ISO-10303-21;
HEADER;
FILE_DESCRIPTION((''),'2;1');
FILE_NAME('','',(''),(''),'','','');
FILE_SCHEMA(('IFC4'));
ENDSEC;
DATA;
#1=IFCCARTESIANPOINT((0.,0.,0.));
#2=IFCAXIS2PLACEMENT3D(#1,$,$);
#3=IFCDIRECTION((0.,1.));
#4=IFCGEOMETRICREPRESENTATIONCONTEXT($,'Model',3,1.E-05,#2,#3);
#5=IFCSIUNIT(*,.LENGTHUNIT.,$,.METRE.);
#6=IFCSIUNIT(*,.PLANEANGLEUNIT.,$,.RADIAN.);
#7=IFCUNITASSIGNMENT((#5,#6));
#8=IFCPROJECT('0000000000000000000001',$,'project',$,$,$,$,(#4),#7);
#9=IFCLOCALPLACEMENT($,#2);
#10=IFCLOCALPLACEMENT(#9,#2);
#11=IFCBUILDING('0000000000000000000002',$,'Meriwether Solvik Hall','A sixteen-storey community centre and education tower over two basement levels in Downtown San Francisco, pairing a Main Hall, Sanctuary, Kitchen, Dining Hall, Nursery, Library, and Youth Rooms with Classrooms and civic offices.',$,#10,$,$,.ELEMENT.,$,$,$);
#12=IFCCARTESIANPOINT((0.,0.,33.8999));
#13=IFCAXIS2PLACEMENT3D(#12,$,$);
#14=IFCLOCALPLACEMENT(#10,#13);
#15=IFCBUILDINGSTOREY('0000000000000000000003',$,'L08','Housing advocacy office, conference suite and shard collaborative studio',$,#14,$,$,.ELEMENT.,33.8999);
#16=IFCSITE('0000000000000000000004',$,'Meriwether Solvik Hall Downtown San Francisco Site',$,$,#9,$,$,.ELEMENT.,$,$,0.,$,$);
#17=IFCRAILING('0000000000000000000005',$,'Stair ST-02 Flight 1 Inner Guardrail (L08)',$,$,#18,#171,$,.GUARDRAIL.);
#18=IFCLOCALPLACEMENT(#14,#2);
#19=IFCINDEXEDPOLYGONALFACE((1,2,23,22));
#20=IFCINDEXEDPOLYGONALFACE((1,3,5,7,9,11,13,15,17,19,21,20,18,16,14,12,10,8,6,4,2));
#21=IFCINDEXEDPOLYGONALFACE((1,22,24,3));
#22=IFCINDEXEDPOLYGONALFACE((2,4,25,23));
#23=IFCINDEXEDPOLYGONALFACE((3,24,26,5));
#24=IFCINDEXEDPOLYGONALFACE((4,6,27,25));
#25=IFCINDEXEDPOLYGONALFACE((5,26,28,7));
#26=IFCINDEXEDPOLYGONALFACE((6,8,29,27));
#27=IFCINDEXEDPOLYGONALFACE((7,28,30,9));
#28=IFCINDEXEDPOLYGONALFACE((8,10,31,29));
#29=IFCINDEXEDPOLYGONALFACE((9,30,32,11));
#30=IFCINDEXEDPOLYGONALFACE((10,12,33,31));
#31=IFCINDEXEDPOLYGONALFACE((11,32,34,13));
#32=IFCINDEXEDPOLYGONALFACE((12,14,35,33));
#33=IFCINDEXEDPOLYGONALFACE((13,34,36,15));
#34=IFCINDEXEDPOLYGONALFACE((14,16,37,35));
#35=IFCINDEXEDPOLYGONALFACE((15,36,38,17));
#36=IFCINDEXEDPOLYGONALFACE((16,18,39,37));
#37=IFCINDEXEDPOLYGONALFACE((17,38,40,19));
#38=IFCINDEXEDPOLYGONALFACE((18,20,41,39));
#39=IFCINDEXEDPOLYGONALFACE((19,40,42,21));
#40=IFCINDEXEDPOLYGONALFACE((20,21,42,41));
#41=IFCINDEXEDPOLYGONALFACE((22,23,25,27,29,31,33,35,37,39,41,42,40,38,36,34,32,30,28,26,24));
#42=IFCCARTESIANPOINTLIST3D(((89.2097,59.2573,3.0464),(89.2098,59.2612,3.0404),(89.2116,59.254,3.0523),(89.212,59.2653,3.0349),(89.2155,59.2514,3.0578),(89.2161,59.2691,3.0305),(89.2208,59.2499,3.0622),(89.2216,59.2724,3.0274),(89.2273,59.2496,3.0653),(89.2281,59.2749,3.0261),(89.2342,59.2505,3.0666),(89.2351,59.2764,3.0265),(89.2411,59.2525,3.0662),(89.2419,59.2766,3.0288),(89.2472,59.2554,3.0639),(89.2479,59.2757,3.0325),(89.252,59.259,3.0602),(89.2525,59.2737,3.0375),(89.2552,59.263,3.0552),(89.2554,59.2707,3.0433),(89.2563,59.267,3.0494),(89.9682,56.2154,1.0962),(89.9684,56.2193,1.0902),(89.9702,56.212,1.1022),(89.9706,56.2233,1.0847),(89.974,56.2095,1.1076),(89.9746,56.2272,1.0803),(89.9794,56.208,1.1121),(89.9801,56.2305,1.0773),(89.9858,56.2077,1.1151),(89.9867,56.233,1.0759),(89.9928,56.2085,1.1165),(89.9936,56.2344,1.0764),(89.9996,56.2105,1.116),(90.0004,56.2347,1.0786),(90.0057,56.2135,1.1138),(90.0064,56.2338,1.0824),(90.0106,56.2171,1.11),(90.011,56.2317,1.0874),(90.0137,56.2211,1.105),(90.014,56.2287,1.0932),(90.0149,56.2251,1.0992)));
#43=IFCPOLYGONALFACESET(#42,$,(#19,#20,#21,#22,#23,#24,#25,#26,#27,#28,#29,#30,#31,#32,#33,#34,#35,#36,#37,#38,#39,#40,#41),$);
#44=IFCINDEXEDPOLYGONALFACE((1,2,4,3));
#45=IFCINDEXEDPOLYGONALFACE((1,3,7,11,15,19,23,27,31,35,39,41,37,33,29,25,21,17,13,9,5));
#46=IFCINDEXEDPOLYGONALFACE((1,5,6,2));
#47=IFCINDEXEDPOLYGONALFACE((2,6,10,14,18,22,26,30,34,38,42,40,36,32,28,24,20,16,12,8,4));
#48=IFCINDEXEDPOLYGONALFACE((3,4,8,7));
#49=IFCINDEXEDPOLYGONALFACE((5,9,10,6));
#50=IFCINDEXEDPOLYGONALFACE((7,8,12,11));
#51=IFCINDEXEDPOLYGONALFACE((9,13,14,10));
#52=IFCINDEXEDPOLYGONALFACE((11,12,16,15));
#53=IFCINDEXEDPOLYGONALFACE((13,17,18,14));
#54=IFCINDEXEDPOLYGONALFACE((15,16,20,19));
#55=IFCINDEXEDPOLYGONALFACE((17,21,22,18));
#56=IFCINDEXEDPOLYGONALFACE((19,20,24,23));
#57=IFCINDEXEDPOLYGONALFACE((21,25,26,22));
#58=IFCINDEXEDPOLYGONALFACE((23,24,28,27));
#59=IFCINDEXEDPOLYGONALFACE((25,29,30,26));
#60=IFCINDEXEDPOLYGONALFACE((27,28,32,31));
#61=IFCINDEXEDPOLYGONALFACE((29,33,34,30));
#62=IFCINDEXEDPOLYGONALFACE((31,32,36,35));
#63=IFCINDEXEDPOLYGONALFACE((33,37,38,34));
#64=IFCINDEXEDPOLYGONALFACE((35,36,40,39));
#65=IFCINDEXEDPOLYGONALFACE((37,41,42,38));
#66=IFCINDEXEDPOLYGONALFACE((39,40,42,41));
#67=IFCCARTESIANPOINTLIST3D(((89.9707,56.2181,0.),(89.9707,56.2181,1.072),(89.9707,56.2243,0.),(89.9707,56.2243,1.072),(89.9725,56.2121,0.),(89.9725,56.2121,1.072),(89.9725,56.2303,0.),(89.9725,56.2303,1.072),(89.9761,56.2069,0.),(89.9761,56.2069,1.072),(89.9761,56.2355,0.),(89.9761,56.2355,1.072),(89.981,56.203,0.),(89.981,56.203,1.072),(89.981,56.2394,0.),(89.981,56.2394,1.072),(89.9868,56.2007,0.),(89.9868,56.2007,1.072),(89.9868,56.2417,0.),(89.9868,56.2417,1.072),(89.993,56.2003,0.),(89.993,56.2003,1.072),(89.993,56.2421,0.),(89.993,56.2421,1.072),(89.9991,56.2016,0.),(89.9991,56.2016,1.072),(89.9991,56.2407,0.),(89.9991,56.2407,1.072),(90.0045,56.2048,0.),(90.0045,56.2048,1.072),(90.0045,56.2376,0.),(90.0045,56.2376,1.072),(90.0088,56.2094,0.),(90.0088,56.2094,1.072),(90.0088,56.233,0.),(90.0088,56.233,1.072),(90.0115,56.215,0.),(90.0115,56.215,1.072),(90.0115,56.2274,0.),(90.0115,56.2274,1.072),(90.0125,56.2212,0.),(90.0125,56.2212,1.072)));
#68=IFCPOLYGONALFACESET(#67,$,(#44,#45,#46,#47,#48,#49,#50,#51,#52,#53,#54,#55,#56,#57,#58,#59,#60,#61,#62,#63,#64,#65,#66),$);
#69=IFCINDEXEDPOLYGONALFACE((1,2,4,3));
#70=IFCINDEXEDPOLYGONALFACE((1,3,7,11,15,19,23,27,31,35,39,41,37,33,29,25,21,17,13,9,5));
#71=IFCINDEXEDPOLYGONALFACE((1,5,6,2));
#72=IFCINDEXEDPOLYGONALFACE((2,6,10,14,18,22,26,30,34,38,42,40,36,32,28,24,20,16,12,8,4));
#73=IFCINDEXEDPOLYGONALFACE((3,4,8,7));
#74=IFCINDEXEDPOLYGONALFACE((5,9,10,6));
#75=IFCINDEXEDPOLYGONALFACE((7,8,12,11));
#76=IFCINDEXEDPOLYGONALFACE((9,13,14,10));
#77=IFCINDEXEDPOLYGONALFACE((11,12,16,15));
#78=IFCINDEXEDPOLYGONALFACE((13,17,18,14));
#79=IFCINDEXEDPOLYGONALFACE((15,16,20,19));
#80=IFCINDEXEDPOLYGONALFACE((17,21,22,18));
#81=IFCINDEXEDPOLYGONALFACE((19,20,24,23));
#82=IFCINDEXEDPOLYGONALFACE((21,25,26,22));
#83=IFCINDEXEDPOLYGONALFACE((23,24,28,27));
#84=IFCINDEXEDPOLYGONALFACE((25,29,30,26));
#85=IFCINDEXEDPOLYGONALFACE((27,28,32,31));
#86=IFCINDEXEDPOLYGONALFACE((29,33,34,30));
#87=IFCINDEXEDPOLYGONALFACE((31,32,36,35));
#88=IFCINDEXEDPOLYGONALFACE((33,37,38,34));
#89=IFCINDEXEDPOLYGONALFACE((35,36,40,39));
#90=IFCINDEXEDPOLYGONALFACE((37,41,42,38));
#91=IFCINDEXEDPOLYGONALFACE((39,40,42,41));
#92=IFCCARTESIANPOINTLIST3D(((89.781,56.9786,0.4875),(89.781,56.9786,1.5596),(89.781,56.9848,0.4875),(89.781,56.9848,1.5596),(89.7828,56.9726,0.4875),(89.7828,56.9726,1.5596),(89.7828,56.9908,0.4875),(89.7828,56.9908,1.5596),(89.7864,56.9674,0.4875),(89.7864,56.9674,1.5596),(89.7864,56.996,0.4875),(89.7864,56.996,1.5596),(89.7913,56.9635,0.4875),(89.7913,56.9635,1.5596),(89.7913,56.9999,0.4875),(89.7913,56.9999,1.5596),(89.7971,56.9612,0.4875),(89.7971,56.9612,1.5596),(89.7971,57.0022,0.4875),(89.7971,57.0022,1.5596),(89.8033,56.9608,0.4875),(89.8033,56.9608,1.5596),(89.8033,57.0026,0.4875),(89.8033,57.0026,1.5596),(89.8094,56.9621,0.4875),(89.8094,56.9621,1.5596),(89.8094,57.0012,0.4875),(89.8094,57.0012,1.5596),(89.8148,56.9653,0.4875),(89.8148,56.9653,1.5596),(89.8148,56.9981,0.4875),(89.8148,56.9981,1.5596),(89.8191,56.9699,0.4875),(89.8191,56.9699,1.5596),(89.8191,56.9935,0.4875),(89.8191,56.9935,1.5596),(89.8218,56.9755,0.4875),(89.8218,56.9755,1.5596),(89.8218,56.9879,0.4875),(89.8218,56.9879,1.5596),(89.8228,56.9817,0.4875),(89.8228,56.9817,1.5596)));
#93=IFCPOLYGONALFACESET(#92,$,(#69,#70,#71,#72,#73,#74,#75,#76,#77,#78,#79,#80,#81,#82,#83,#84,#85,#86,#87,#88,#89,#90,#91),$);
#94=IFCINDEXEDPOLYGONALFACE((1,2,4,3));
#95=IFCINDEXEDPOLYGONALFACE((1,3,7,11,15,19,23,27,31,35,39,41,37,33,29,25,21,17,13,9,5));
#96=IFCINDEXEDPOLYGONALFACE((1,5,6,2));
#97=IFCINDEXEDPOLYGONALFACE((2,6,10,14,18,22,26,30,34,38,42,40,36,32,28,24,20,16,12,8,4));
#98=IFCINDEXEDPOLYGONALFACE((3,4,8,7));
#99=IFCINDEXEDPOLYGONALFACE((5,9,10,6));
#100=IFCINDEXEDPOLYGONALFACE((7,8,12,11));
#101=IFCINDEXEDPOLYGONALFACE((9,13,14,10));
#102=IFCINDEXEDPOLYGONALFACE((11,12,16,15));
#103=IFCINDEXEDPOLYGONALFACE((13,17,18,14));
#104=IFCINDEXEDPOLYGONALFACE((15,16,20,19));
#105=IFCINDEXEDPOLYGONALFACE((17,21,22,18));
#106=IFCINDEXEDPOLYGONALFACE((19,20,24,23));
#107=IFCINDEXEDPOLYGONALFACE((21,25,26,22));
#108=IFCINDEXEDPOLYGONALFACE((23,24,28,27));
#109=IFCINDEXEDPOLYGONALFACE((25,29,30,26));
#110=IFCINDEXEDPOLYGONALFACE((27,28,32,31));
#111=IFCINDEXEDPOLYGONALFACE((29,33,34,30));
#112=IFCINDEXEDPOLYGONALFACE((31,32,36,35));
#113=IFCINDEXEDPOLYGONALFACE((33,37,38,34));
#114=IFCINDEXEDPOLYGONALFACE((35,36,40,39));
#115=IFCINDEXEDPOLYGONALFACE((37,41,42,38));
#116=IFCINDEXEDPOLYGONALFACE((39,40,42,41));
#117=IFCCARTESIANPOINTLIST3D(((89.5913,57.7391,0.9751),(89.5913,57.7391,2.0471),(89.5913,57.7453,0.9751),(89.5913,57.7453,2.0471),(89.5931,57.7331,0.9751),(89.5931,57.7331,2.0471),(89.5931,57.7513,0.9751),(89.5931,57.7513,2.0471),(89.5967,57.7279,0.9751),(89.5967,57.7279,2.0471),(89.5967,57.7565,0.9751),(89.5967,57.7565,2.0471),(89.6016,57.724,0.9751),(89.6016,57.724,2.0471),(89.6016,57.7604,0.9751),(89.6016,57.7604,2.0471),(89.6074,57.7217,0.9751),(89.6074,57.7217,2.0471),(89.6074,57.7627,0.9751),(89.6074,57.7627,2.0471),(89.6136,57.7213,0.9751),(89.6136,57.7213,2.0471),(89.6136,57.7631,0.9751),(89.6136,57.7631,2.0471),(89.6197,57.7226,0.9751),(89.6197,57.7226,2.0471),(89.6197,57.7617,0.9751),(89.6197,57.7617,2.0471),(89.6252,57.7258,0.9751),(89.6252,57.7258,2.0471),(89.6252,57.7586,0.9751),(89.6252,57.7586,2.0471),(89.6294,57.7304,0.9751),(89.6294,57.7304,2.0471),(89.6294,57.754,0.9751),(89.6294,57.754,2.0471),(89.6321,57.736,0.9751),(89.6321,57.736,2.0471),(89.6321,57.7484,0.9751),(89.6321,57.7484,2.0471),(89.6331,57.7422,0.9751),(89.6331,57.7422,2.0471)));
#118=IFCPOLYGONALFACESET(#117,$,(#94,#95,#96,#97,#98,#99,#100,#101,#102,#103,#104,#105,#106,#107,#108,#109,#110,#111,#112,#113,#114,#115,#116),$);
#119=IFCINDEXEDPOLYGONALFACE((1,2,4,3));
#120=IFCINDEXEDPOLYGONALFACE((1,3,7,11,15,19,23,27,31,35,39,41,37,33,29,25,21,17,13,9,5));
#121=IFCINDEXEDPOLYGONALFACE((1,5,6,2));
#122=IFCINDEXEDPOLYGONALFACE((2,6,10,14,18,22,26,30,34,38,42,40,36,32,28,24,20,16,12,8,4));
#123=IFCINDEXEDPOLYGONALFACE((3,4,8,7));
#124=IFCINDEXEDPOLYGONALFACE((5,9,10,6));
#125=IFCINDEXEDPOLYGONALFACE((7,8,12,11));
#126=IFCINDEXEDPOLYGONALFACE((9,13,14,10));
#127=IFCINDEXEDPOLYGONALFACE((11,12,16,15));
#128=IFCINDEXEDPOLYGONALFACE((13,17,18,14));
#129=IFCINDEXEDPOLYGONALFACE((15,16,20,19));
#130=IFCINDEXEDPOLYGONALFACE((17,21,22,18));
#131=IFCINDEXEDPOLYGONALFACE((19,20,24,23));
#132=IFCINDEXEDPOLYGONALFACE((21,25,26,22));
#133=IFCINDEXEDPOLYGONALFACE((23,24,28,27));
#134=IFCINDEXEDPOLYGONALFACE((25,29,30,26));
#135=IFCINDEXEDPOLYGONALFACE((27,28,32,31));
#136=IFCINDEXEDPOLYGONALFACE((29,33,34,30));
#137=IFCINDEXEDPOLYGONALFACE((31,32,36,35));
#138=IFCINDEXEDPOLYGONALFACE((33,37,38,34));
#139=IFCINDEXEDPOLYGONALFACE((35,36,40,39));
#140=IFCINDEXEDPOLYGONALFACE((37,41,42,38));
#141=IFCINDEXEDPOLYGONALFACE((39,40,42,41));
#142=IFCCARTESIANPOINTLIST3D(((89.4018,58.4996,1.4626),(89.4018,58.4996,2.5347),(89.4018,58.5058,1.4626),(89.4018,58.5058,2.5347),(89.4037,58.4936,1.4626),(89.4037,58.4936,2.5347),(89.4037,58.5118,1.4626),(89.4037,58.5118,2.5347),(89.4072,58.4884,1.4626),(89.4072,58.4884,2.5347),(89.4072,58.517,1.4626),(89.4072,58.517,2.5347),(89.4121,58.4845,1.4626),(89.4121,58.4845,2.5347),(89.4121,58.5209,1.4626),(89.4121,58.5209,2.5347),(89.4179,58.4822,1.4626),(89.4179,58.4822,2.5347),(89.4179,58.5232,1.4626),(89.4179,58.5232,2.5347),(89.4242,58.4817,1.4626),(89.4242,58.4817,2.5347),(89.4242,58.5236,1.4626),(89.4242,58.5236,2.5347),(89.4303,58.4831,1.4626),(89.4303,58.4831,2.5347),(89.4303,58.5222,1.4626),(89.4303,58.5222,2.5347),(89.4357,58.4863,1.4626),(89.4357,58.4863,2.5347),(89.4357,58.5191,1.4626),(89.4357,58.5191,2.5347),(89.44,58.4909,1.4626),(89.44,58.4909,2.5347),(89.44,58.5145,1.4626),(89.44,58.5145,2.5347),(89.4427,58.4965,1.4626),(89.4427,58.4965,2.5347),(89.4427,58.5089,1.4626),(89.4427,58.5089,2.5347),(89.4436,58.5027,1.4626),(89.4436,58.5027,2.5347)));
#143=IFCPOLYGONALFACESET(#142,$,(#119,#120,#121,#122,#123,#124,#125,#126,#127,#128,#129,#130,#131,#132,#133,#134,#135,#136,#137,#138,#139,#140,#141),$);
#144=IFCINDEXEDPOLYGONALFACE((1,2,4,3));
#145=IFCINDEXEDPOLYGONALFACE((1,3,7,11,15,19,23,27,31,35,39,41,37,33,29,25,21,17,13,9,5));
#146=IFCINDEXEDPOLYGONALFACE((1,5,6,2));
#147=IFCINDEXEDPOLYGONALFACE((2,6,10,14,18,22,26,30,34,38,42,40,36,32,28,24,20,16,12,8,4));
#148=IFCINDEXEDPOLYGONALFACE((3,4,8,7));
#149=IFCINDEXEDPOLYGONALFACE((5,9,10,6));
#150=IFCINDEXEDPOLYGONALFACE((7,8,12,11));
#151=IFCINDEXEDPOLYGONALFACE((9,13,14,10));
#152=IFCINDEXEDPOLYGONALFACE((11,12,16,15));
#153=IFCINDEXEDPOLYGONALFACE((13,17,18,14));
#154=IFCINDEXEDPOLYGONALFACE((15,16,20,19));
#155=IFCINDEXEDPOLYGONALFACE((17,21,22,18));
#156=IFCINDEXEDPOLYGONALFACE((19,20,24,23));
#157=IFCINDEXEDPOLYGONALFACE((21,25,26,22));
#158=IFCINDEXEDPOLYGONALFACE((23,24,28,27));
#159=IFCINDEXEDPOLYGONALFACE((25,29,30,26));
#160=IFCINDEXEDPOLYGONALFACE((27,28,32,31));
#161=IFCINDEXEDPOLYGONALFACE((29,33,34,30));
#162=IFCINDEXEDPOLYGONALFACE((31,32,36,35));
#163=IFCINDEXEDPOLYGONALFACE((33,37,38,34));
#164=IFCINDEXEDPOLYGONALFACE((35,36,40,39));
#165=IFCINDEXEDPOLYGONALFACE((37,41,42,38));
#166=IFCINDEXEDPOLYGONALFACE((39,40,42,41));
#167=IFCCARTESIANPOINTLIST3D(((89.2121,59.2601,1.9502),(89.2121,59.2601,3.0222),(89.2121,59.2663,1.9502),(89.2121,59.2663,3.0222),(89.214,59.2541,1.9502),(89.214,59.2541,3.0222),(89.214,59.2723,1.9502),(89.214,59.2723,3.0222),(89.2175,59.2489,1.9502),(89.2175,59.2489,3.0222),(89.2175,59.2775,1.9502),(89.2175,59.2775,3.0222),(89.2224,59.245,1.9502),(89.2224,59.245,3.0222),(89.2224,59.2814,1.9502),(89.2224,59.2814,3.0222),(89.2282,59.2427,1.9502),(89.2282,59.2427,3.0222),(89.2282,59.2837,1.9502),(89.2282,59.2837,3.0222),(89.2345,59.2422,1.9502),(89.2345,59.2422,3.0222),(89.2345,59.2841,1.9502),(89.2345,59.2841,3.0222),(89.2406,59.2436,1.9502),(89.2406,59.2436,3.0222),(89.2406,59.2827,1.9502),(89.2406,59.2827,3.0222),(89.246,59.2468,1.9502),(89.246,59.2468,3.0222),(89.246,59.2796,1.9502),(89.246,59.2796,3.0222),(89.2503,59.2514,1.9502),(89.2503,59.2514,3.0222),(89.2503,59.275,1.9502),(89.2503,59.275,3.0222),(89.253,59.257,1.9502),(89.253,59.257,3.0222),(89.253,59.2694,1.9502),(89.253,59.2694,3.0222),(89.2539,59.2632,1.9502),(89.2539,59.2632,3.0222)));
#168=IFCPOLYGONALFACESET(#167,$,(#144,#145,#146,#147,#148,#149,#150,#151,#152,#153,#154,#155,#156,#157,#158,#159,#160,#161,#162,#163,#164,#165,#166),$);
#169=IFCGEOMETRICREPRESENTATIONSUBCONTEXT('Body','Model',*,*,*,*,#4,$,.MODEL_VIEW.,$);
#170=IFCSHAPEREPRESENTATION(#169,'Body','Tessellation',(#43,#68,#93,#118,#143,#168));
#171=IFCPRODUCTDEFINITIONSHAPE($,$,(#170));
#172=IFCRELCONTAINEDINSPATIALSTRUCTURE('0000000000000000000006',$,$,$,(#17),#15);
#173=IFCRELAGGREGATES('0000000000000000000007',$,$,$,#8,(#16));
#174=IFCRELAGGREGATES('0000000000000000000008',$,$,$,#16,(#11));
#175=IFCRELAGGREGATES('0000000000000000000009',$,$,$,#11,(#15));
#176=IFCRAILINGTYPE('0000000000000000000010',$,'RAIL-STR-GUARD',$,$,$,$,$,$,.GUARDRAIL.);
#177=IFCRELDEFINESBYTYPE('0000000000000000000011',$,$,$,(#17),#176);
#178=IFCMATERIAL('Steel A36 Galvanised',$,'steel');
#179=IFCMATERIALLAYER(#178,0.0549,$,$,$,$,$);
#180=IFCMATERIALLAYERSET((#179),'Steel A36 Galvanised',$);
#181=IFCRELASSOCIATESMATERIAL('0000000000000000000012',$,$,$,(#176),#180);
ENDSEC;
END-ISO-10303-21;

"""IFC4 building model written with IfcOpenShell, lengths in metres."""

from ifc_helpers import new_model, si_unit, direction, frame, origin, origin_2d, place, context, subcontext, project, spatial, circle, extrude, material, layer, layer_set, type_object, element, save


model = new_model("IFC4")

# Units and contexts
model_context = context("Model", 3, precision=1e-05, world=origin(), true_north=direction((0.0, 1.0)))
body_context = subcontext(model_context, "Body", "Model", "MODEL_VIEW")
ifc_project = project(units=[si_unit("LENGTHUNIT", "METRE"), si_unit("PLANEANGLEUNIT", "RADIAN")], contexts=[model_context])

# Site, building, storey
site_placement = place(None, origin())
site = spatial("IfcSite", under=ifc_project, at=site_placement, Name="Meriwether Solvik Hall Downtown San Francisco Site", CompositionType="ELEMENT", RefElevation=0.0)
building_placement = place(site_placement, origin())
building = spatial("IfcBuilding", under=site, at=building_placement, Name="Meriwether Solvik Hall", Description="A sixteen-storey community centre and education tower over two basement levels in Downtown San Francisco, pairing a Main Hall, Sanctuary, Kitchen, Dining Hall, Nursery, Library, and Youth Rooms with Classrooms and civic offices.", CompositionType="ELEMENT")
storey_placement = place(building_placement, frame((0.0, 0.0, 33.8999)))
storey = spatial("IfcBuildingStorey", under=building, at=storey_placement, Name="L08", Description="Housing advocacy office, conference suite and shard collaborative studio", CompositionType="ELEMENT", Elevation=33.8999)

# Railing
ifc_material_1 = material(Name="Steel A36 Galvanised", Category="steel")
ifc_layer_1 = layer(ifc_material_1, 0.0549)
ifc_layer_set_1 = layer_set([ifc_layer_1], Name="Steel A36 Galvanised")
railing_type_1 = type_object("IfcRailingType", Name="RAIL-STR-GUARD", PredefinedType="GUARDRAIL", material=ifc_layer_set_1)
railing_1_placement = place(storey_placement, frame((89.9915, 56.2212, 0.0)))
element("IfcRailing", 1, at=railing_1_placement, inside=storey, type_object=railing_type_1, Name="Stair ST-02 Flight 1 Inner Guardrail (L08)", PredefinedType="GUARDRAIL", context=body_context, shape_type="SweptSolid", body=[
    extrude(circle(Radius=0.0239, at=origin_2d()), frame((0.0, 0.0, 1.0962), z_axis=(-0.205445, 0.823896, 0.528193), x_axis=(-0.970289, -0.241949, 0.0)), (0.0, 0.0, 1.0), 3.6921),
    extrude(circle(Radius=0.021, at=origin_2d()), origin(), (0.0, 0.0, 1.0), 1.072),
    extrude(circle(Radius=0.021, at=origin_2d()), frame((-0.1897, 0.7605, 0.4875)), (0.0, 0.0, 1.0), 1.072),
    extrude(circle(Radius=0.021, at=origin_2d()), frame((-0.3794, 1.521, 0.9751)), (0.0, 0.0, 1.0), 1.072),
    extrude(circle(Radius=0.021, at=origin_2d()), frame((-0.5688, 2.2815, 1.4626)), (0.0, 0.0, 1.0), 1.072),
    extrude(circle(Radius=0.021, at=origin_2d()), frame((-0.7585, 3.042, 1.9502)), (0.0, 0.0, 1.0), 1.072),
])

save(model, "model.ifc")
